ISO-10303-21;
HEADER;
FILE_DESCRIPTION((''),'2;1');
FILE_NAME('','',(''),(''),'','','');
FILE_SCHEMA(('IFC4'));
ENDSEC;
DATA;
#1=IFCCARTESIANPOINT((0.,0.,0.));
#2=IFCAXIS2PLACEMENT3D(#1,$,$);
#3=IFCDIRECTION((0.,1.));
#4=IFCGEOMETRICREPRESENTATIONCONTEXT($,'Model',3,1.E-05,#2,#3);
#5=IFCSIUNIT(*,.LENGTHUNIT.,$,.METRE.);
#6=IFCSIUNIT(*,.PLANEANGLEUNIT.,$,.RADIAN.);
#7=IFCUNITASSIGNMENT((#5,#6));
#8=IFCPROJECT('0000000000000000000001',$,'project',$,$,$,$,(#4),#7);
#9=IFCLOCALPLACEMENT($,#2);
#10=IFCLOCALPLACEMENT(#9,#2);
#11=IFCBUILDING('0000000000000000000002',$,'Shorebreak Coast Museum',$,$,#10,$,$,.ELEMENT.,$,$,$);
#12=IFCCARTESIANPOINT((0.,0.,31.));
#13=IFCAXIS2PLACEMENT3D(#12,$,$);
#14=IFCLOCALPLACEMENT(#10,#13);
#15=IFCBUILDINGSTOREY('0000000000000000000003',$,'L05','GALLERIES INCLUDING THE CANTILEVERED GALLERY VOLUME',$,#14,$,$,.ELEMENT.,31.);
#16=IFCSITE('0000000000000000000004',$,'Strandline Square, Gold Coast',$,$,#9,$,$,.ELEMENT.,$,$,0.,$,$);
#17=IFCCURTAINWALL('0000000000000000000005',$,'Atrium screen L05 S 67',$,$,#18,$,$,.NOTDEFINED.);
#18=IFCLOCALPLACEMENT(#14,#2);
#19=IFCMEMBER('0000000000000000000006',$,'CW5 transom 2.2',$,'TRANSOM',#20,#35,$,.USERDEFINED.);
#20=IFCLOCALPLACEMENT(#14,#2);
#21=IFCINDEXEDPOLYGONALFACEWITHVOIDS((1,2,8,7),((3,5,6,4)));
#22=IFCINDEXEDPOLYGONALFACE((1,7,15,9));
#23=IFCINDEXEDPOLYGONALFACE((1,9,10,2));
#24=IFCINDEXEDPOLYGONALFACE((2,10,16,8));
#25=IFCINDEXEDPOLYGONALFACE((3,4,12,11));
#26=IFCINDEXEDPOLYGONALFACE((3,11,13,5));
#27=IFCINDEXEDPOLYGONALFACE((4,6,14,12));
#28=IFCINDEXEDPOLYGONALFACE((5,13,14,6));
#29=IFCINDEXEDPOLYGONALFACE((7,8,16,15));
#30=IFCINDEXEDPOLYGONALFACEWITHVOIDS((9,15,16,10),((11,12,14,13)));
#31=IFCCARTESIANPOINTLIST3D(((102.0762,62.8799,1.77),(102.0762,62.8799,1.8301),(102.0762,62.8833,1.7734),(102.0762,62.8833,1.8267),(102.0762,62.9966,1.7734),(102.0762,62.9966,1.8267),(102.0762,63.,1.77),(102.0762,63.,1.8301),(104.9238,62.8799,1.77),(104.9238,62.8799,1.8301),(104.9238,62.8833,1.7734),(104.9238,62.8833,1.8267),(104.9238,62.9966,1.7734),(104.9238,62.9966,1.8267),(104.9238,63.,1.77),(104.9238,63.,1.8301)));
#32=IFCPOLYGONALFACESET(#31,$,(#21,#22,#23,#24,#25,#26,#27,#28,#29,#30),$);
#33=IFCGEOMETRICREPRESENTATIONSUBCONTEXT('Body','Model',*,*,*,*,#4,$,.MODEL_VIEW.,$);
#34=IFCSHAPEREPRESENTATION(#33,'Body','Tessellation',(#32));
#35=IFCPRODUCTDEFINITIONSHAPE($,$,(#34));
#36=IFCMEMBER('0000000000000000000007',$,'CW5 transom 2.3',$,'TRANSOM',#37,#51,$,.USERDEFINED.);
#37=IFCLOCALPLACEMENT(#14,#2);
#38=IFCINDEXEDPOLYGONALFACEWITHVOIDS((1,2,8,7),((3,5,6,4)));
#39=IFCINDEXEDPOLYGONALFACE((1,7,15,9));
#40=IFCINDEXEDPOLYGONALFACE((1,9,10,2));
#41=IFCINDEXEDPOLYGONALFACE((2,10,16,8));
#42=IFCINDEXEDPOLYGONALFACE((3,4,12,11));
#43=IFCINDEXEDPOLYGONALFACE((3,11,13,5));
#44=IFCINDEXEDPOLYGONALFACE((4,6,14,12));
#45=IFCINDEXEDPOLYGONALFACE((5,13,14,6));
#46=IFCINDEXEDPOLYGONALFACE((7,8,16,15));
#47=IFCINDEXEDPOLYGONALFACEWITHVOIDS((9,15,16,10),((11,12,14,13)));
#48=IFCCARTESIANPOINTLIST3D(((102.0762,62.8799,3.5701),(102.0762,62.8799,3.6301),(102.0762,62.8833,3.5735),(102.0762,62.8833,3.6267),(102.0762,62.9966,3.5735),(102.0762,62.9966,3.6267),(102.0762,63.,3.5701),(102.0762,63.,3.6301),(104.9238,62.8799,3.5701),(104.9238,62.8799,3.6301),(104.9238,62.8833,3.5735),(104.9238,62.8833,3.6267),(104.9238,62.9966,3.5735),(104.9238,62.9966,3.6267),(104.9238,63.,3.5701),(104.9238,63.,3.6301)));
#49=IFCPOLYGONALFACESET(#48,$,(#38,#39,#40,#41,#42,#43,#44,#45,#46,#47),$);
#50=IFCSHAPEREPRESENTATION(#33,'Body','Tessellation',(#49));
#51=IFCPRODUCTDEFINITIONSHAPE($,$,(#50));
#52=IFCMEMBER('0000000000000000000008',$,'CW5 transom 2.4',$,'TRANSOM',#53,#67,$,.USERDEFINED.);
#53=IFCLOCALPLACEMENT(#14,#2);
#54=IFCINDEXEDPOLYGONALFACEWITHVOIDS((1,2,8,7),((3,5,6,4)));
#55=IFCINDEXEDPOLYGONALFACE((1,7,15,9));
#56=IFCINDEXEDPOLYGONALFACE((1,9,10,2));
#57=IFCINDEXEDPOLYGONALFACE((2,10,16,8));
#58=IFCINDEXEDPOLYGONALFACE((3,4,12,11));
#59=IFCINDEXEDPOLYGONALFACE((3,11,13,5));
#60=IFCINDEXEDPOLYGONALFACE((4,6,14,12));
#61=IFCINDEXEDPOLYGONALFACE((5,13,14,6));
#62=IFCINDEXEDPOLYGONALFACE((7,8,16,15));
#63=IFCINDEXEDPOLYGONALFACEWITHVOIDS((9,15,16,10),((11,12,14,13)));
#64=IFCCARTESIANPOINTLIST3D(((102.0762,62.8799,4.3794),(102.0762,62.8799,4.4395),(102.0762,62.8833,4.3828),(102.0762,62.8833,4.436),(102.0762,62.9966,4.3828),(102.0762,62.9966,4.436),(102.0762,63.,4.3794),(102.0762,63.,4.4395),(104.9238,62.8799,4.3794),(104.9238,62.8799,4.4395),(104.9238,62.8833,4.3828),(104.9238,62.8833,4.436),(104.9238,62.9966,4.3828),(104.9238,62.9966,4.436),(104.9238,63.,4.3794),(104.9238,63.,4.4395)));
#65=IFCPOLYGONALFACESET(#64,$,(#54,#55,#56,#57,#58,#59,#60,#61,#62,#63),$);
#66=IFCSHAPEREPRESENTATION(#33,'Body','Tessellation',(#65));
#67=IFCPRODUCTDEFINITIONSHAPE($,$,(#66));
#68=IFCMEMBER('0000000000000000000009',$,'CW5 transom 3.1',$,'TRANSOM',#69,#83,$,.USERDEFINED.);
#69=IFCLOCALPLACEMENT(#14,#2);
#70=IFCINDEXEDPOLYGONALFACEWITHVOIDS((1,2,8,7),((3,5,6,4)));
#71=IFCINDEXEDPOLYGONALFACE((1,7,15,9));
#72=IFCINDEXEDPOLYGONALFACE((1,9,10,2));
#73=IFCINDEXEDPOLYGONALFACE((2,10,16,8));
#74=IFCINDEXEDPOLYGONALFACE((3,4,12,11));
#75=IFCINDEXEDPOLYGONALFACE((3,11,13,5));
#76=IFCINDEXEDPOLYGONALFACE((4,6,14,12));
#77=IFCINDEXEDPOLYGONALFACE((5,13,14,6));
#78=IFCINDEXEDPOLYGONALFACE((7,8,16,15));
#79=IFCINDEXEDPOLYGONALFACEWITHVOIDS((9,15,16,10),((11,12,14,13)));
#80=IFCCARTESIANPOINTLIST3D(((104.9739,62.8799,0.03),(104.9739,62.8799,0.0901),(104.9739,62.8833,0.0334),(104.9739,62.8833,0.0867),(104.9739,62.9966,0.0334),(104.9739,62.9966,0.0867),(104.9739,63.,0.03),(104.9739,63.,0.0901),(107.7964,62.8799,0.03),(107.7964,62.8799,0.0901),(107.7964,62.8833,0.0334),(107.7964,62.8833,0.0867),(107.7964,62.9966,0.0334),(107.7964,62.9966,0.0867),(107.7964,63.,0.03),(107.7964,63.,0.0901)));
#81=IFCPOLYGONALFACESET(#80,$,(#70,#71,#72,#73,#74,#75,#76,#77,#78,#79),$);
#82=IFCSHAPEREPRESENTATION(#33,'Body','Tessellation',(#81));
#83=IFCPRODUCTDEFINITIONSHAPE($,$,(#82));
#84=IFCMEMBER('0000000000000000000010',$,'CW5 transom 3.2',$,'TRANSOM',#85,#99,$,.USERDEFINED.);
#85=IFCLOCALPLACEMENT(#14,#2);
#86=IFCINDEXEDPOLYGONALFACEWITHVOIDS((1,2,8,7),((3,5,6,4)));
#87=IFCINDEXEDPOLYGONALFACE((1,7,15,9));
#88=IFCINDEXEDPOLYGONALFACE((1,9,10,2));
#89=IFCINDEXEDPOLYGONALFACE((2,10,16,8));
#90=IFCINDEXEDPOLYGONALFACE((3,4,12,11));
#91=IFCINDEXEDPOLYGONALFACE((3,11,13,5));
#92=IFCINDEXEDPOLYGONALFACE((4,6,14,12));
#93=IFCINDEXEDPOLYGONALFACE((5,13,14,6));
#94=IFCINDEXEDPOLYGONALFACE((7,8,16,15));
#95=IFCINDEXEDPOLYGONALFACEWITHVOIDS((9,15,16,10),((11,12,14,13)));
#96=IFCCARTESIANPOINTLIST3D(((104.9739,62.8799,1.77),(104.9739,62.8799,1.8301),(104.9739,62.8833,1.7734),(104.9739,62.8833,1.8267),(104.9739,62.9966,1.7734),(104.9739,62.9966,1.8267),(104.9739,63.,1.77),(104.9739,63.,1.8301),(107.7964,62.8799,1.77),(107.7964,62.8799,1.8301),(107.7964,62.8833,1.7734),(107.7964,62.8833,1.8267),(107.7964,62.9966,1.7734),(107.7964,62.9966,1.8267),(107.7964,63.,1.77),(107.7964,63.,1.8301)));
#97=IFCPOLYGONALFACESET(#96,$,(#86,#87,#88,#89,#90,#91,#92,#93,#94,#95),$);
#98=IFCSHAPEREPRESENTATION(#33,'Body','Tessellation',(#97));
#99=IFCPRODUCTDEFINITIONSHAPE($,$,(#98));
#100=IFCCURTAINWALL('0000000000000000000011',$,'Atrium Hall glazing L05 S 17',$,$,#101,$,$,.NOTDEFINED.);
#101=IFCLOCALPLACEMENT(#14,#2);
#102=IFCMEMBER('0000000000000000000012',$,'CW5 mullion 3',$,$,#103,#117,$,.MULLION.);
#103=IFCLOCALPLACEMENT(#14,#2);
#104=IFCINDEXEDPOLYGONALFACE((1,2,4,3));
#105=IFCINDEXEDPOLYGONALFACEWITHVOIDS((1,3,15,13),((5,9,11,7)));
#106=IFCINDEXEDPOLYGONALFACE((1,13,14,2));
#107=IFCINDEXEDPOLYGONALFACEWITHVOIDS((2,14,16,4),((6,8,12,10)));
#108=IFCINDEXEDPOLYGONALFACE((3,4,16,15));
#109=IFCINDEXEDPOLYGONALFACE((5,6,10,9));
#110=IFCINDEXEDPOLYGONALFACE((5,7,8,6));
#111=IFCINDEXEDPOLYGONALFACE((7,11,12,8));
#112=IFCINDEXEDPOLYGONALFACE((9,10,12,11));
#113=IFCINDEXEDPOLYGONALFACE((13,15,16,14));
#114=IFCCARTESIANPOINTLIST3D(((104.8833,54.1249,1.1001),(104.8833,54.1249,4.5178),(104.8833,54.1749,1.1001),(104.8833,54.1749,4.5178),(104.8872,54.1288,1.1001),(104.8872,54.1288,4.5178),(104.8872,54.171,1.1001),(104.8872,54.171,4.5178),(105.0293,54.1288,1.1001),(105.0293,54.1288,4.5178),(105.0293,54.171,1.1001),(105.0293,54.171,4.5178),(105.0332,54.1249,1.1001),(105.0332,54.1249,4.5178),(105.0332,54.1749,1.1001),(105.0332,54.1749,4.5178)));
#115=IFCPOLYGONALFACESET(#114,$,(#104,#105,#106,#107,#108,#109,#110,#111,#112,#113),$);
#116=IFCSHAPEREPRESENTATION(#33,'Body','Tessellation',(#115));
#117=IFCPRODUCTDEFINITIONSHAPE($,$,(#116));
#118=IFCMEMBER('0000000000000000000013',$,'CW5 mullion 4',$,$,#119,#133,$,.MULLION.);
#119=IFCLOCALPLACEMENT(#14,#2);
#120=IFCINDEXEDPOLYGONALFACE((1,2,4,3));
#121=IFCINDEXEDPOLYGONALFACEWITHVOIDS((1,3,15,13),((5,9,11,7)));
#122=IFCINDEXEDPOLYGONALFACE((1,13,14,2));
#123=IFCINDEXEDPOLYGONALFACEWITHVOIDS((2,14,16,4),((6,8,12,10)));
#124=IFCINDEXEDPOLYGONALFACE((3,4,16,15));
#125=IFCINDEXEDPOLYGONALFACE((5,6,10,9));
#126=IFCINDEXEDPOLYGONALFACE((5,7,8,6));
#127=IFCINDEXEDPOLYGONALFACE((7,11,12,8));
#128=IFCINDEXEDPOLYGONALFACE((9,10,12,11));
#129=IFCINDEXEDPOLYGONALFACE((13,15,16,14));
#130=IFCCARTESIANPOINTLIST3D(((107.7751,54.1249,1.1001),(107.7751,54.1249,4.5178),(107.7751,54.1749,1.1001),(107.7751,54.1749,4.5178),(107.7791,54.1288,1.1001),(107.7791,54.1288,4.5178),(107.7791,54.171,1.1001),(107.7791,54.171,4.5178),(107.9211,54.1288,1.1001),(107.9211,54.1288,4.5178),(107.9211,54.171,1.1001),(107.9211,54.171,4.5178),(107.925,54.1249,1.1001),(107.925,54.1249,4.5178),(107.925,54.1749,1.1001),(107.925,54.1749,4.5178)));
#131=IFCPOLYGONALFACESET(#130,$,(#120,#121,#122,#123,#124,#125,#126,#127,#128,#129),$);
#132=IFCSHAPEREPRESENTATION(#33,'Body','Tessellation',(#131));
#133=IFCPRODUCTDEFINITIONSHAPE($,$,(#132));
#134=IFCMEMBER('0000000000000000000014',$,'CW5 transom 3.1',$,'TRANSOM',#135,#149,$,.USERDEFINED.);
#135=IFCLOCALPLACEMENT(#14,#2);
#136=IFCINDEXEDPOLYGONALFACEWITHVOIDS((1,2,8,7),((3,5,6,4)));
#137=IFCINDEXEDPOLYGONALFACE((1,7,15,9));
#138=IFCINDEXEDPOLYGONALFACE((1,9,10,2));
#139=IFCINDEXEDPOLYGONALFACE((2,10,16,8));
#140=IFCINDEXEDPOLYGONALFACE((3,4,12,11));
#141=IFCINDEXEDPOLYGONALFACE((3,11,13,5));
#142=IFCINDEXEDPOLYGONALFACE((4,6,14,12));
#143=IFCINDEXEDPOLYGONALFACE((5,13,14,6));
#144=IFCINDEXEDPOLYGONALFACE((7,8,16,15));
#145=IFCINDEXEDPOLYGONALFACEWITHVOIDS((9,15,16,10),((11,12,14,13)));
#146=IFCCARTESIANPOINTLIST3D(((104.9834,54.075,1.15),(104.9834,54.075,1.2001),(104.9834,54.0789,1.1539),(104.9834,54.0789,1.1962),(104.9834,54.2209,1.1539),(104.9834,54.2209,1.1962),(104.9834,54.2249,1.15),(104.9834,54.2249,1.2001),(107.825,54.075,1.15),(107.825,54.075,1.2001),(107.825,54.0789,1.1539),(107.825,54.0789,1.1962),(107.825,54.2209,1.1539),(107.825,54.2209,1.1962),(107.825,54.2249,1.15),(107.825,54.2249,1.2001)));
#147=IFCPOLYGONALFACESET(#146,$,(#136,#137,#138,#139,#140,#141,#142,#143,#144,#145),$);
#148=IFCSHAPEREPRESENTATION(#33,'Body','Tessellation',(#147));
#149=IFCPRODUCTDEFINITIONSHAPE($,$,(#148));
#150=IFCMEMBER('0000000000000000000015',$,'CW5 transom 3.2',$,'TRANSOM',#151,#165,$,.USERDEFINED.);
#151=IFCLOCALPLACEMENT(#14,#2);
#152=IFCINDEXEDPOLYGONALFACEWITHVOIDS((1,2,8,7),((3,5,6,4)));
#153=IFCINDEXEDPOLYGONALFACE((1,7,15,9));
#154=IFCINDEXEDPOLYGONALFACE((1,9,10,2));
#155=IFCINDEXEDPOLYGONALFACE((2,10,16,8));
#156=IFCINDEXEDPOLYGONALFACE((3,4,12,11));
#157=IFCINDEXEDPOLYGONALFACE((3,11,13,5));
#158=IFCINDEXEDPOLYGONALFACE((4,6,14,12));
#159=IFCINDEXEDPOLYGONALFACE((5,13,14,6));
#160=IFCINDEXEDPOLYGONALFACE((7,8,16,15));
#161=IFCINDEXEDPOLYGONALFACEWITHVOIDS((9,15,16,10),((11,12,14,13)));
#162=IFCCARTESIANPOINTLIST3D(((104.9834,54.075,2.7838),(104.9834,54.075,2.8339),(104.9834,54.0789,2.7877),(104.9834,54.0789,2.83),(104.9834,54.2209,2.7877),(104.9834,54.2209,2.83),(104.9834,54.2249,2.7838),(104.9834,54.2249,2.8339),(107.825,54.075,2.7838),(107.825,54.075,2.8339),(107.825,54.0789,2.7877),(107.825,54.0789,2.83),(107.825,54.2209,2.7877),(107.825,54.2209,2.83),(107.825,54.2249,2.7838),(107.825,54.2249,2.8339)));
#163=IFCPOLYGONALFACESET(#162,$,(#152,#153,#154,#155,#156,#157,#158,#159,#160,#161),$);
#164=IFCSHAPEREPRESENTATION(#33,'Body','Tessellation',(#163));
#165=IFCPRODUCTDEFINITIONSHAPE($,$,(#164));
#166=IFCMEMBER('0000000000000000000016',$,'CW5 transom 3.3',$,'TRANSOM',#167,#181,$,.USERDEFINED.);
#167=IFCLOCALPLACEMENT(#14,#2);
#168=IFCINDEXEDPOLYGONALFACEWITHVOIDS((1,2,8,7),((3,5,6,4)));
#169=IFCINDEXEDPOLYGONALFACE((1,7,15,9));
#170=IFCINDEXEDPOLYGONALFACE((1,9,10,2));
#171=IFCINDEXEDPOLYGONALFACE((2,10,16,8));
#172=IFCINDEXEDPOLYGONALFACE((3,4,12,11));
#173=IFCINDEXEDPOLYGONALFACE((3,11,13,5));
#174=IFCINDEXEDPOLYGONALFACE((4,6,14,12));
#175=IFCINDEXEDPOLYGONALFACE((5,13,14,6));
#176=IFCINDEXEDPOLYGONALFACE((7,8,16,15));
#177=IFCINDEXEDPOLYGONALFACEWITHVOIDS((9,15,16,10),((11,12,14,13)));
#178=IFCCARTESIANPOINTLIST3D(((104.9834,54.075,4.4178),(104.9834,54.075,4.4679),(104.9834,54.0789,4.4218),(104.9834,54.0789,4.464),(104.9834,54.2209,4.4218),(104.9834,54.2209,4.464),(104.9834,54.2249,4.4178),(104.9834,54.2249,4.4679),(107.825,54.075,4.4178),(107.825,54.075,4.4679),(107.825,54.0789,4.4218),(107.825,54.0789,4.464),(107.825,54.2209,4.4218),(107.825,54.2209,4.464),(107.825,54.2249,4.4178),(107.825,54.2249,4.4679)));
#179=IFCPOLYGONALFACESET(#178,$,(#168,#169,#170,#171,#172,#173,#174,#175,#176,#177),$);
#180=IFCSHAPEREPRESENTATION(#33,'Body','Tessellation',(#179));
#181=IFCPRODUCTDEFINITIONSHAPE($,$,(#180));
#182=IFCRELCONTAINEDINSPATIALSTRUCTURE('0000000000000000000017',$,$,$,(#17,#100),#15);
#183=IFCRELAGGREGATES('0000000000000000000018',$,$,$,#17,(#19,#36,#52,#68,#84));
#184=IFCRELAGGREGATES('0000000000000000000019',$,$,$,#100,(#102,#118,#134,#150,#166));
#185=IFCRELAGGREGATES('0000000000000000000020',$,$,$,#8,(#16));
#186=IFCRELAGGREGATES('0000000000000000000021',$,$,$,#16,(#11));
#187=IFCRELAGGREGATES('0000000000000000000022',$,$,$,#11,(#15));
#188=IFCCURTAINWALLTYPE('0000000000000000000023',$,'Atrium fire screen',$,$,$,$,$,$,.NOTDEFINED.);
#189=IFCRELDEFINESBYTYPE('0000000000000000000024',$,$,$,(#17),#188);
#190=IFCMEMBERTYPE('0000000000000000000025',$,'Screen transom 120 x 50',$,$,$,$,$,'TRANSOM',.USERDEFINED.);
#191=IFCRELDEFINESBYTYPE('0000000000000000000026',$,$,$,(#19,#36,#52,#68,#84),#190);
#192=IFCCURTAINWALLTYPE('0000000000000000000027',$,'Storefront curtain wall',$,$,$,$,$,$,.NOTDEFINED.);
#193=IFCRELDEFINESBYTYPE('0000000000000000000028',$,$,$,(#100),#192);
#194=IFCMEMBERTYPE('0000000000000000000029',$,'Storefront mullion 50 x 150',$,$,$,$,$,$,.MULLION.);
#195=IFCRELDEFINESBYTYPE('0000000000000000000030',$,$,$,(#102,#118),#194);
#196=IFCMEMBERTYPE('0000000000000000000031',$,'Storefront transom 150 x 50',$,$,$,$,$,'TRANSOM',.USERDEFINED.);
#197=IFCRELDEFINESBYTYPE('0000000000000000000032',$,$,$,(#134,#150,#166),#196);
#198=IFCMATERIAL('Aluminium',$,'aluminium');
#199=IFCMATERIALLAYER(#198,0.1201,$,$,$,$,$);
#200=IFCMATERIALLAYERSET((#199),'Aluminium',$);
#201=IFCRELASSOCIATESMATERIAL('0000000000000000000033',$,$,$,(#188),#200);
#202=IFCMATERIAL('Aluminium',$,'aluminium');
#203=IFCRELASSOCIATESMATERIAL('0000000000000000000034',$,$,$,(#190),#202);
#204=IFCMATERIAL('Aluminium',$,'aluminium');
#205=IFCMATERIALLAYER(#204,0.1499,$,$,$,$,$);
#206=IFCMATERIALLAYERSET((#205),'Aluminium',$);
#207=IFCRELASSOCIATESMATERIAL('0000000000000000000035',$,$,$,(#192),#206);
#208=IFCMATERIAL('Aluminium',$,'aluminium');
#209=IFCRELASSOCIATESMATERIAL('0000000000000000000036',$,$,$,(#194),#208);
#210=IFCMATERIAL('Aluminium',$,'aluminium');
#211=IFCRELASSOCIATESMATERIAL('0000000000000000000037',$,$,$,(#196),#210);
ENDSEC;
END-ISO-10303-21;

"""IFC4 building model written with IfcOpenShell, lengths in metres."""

from ifc_helpers import new_model, si_unit, direction, frame, origin, origin_2d, place, context, subcontext, project, spatial, hollow_rectangle, extrude, material, layer, layer_set, material_profile, profile_set, type_object, element, aggregate, save


model = new_model("IFC4")

# Units and contexts
model_context = context("Model", 3, precision=1e-05, world=origin(), true_north=direction((0.0, 1.0)))
body_context = subcontext(model_context, "Body", "Model", "MODEL_VIEW")
ifc_project = project(units=[si_unit("LENGTHUNIT", "METRE"), si_unit("PLANEANGLEUNIT", "RADIAN")], contexts=[model_context])

# Site, building, storey
site_placement = place(None, origin())
site = spatial("IfcSite", under=ifc_project, at=site_placement, Name="Strandline Square, Gold Coast", CompositionType="ELEMENT", RefElevation=0.0)
building_placement = place(site_placement, origin())
building = spatial("IfcBuilding", under=site, at=building_placement, Name="Shorebreak Coast Museum", CompositionType="ELEMENT")
storey_placement = place(building_placement, frame((0.0, 0.0, 31.0)))
storey = spatial("IfcBuildingStorey", under=building, at=storey_placement, Name="L05", Description="GALLERIES INCLUDING THE CANTILEVERED GALLERY VOLUME", CompositionType="ELEMENT", Elevation=31.0)

# Curtain walls, members
ifc_material_1 = material(Name="Aluminium", Category="aluminium")
ifc_layer_1 = layer(ifc_material_1, 0.1201)
ifc_layer_set_1 = layer_set([ifc_layer_1], Name="Aluminium")
curtain_wall_type_1 = type_object("IfcCurtainWallType", Name="Atrium fire screen", PredefinedType="NOTDEFINED", material=ifc_layer_set_1)
curtain_wall_1_placement = place(storey_placement, origin())
curtain_wall_1 = element("IfcCurtainWall", 1, at=curtain_wall_1_placement, inside=storey, type_object=curtain_wall_type_1, Name="Atrium screen L05 S 67", PredefinedType="NOTDEFINED")
ifc_material_2 = material(Name="Aluminium", Category="aluminium")
ifc_material_profile_1 = material_profile(ifc_material_2, hollow_rectangle(XDim=0.1201, YDim=0.0601, WallThickness=0.0034, at=origin_2d()), Name="AL 60x120 RHS")
ifc_profile_set_1 = profile_set([ifc_material_profile_1], Name="Aluminium")
member_type_1 = type_object("IfcMemberType", Name="Screen transom 120 x 50", ElementType="TRANSOM", PredefinedType="USERDEFINED", material=ifc_profile_set_1)
member_1_placement = place(storey_placement, frame((102.0762, 62.9399, 1.8), z_axis=(1.0, 0.0, 0.0), x_axis=(0.0, 1.0, 0.0)))
member_1 = element("IfcMember", 2, at=member_1_placement, type_object=member_type_1, Name="CW5 transom 2.2", ObjectType="TRANSOM", PredefinedType="USERDEFINED", context=body_context, shape_type="SweptSolid", body=[
    extrude(hollow_rectangle(XDim=0.1201, YDim=0.0601, WallThickness=0.0034, at=origin_2d()), origin(), (0.0, 0.0, 1.0), 2.8477),
])
member_2_placement = place(storey_placement, frame((102.0762, 62.9399, 3.6001), z_axis=(1.0, 0.0, 0.0), x_axis=(0.0, 1.0, 0.0)))
member_2 = element("IfcMember", 3, at=member_2_placement, type_object=member_type_1, Name="CW5 transom 2.3", ObjectType="TRANSOM", PredefinedType="USERDEFINED", context=body_context, shape_type="SweptSolid", body=[
    extrude(hollow_rectangle(XDim=0.1201, YDim=0.0601, WallThickness=0.0034, at=origin_2d()), origin(), (0.0, 0.0, 1.0), 2.8477),
])
member_3_placement = place(storey_placement, frame((102.0762, 62.9399, 4.4094), z_axis=(1.0, 0.0, 0.0), x_axis=(0.0, 1.0, 0.0)))
member_3 = element("IfcMember", 4, at=member_3_placement, type_object=member_type_1, Name="CW5 transom 2.4", ObjectType="TRANSOM", PredefinedType="USERDEFINED", context=body_context, shape_type="SweptSolid", body=[
    extrude(hollow_rectangle(XDim=0.1201, YDim=0.0601, WallThickness=0.0034, at=origin_2d()), origin(), (0.0, 0.0, 1.0), 2.8477),
])
member_4_placement = place(storey_placement, frame((104.9739, 62.9399, 0.0601), z_axis=(1.0, 0.0, 0.0), x_axis=(0.0, 1.0, 0.0)))
member_4 = element("IfcMember", 5, at=member_4_placement, type_object=member_type_1, Name="CW5 transom 3.1", ObjectType="TRANSOM", PredefinedType="USERDEFINED", context=body_context, shape_type="SweptSolid", body=[
    extrude(hollow_rectangle(XDim=0.1201, YDim=0.0601, WallThickness=0.0034, at=origin_2d()), origin(), (0.0, 0.0, 1.0), 2.8225),
])
member_5_placement = place(storey_placement, frame((104.9739, 62.9399, 1.8), z_axis=(1.0, 0.0, 0.0), x_axis=(0.0, 1.0, 0.0)))
member_5 = element("IfcMember", 6, at=member_5_placement, type_object=member_type_1, Name="CW5 transom 3.2", ObjectType="TRANSOM", PredefinedType="USERDEFINED", context=body_context, shape_type="SweptSolid", body=[
    extrude(hollow_rectangle(XDim=0.1201, YDim=0.0601, WallThickness=0.0034, at=origin_2d()), origin(), (0.0, 0.0, 1.0), 2.8225),
])
ifc_material_3 = material(Name="Aluminium", Category="aluminium")
ifc_layer_2 = layer(ifc_material_3, 0.1499)
ifc_layer_set_2 = layer_set([ifc_layer_2], Name="Aluminium")
curtain_wall_type_2 = type_object("IfcCurtainWallType", Name="Storefront curtain wall", PredefinedType="NOTDEFINED", material=ifc_layer_set_2)
curtain_wall_2_placement = place(storey_placement, origin())
curtain_wall_2 = element("IfcCurtainWall", 7, at=curtain_wall_2_placement, inside=storey, type_object=curtain_wall_type_2, Name="Atrium Hall glazing L05 S 17", PredefinedType="NOTDEFINED")
ifc_material_4 = material(Name="Aluminium", Category="aluminium")
ifc_material_profile_2 = material_profile(ifc_material_4, hollow_rectangle(XDim=0.05, YDim=0.1499, WallThickness=0.0039, at=origin_2d()), Name="AL 150x50 RHS")
ifc_profile_set_2 = profile_set([ifc_material_profile_2], Name="Aluminium")
member_type_2 = type_object("IfcMemberType", Name="Storefront mullion 50 x 150", PredefinedType="MULLION", material=ifc_profile_set_2)
member_6_placement = place(storey_placement, frame((104.9583, 54.1499, 1.1001), z_axis=(0.0, 0.0, 1.0), x_axis=(0.0, 1.0, 0.0)))
member_6 = element("IfcMember", 8, at=member_6_placement, type_object=member_type_2, Name="CW5 mullion 3", PredefinedType="MULLION", context=body_context, shape_type="SweptSolid", body=[
    extrude(hollow_rectangle(XDim=0.05, YDim=0.1499, WallThickness=0.0039, at=origin_2d()), origin(), (0.0, 0.0, 1.0), 3.4177),
])
member_7_placement = place(storey_placement, frame((107.8501, 54.1499, 1.1001), z_axis=(0.0, 0.0, 1.0), x_axis=(0.0, 1.0, 0.0)))
member_7 = element("IfcMember", 9, at=member_7_placement, type_object=member_type_2, Name="CW5 mullion 4", PredefinedType="MULLION", context=body_context, shape_type="SweptSolid", body=[
    extrude(hollow_rectangle(XDim=0.05, YDim=0.1499, WallThickness=0.0039, at=origin_2d()), origin(), (0.0, 0.0, 1.0), 3.4177),
])
ifc_material_5 = material(Name="Aluminium", Category="aluminium")
ifc_material_profile_3 = material_profile(ifc_material_5, hollow_rectangle(XDim=0.1499, YDim=0.05, WallThickness=0.0039, at=origin_2d()), Name="AL 50x150 RHS")
ifc_profile_set_3 = profile_set([ifc_material_profile_3], Name="Aluminium")
member_type_3 = type_object("IfcMemberType", Name="Storefront transom 150 x 50", ElementType="TRANSOM", PredefinedType="USERDEFINED", material=ifc_profile_set_3)
member_8_placement = place(storey_placement, frame((104.9834, 54.1499, 1.175), z_axis=(1.0, 0.0, 0.0), x_axis=(0.0, 1.0, 0.0)))
member_8 = element("IfcMember", 10, at=member_8_placement, type_object=member_type_3, Name="CW5 transom 3.1", ObjectType="TRANSOM", PredefinedType="USERDEFINED", context=body_context, shape_type="SweptSolid", body=[
    extrude(hollow_rectangle(XDim=0.1499, YDim=0.05, WallThickness=0.0039, at=origin_2d()), origin(), (0.0, 0.0, 1.0), 2.8416),
])
member_9_placement = place(storey_placement, frame((104.9834, 54.1499, 2.8088), z_axis=(1.0, 0.0, 0.0), x_axis=(0.0, 1.0, 0.0)))
member_9 = element("IfcMember", 11, at=member_9_placement, type_object=member_type_3, Name="CW5 transom 3.2", ObjectType="TRANSOM", PredefinedType="USERDEFINED", context=body_context, shape_type="SweptSolid", body=[
    extrude(hollow_rectangle(XDim=0.1499, YDim=0.05, WallThickness=0.0039, at=origin_2d()), origin(), (0.0, 0.0, 1.0), 2.8416),
])
member_10_placement = place(storey_placement, frame((104.9834, 54.1499, 4.4429), z_axis=(1.0, 0.0, 0.0), x_axis=(0.0, 1.0, 0.0)))
member_10 = element("IfcMember", 12, at=member_10_placement, type_object=member_type_3, Name="CW5 transom 3.3", ObjectType="TRANSOM", PredefinedType="USERDEFINED", context=body_context, shape_type="SweptSolid", body=[
    extrude(hollow_rectangle(XDim=0.1499, YDim=0.05, WallThickness=0.0039, at=origin_2d()), origin(), (0.0, 0.0, 1.0), 2.8416),
])

aggregate(curtain_wall_1, [member_1, member_2, member_3, member_4, member_5])
aggregate(curtain_wall_2, [member_6, member_7, member_8, member_9, member_10])

save(model, "model.ifc")
